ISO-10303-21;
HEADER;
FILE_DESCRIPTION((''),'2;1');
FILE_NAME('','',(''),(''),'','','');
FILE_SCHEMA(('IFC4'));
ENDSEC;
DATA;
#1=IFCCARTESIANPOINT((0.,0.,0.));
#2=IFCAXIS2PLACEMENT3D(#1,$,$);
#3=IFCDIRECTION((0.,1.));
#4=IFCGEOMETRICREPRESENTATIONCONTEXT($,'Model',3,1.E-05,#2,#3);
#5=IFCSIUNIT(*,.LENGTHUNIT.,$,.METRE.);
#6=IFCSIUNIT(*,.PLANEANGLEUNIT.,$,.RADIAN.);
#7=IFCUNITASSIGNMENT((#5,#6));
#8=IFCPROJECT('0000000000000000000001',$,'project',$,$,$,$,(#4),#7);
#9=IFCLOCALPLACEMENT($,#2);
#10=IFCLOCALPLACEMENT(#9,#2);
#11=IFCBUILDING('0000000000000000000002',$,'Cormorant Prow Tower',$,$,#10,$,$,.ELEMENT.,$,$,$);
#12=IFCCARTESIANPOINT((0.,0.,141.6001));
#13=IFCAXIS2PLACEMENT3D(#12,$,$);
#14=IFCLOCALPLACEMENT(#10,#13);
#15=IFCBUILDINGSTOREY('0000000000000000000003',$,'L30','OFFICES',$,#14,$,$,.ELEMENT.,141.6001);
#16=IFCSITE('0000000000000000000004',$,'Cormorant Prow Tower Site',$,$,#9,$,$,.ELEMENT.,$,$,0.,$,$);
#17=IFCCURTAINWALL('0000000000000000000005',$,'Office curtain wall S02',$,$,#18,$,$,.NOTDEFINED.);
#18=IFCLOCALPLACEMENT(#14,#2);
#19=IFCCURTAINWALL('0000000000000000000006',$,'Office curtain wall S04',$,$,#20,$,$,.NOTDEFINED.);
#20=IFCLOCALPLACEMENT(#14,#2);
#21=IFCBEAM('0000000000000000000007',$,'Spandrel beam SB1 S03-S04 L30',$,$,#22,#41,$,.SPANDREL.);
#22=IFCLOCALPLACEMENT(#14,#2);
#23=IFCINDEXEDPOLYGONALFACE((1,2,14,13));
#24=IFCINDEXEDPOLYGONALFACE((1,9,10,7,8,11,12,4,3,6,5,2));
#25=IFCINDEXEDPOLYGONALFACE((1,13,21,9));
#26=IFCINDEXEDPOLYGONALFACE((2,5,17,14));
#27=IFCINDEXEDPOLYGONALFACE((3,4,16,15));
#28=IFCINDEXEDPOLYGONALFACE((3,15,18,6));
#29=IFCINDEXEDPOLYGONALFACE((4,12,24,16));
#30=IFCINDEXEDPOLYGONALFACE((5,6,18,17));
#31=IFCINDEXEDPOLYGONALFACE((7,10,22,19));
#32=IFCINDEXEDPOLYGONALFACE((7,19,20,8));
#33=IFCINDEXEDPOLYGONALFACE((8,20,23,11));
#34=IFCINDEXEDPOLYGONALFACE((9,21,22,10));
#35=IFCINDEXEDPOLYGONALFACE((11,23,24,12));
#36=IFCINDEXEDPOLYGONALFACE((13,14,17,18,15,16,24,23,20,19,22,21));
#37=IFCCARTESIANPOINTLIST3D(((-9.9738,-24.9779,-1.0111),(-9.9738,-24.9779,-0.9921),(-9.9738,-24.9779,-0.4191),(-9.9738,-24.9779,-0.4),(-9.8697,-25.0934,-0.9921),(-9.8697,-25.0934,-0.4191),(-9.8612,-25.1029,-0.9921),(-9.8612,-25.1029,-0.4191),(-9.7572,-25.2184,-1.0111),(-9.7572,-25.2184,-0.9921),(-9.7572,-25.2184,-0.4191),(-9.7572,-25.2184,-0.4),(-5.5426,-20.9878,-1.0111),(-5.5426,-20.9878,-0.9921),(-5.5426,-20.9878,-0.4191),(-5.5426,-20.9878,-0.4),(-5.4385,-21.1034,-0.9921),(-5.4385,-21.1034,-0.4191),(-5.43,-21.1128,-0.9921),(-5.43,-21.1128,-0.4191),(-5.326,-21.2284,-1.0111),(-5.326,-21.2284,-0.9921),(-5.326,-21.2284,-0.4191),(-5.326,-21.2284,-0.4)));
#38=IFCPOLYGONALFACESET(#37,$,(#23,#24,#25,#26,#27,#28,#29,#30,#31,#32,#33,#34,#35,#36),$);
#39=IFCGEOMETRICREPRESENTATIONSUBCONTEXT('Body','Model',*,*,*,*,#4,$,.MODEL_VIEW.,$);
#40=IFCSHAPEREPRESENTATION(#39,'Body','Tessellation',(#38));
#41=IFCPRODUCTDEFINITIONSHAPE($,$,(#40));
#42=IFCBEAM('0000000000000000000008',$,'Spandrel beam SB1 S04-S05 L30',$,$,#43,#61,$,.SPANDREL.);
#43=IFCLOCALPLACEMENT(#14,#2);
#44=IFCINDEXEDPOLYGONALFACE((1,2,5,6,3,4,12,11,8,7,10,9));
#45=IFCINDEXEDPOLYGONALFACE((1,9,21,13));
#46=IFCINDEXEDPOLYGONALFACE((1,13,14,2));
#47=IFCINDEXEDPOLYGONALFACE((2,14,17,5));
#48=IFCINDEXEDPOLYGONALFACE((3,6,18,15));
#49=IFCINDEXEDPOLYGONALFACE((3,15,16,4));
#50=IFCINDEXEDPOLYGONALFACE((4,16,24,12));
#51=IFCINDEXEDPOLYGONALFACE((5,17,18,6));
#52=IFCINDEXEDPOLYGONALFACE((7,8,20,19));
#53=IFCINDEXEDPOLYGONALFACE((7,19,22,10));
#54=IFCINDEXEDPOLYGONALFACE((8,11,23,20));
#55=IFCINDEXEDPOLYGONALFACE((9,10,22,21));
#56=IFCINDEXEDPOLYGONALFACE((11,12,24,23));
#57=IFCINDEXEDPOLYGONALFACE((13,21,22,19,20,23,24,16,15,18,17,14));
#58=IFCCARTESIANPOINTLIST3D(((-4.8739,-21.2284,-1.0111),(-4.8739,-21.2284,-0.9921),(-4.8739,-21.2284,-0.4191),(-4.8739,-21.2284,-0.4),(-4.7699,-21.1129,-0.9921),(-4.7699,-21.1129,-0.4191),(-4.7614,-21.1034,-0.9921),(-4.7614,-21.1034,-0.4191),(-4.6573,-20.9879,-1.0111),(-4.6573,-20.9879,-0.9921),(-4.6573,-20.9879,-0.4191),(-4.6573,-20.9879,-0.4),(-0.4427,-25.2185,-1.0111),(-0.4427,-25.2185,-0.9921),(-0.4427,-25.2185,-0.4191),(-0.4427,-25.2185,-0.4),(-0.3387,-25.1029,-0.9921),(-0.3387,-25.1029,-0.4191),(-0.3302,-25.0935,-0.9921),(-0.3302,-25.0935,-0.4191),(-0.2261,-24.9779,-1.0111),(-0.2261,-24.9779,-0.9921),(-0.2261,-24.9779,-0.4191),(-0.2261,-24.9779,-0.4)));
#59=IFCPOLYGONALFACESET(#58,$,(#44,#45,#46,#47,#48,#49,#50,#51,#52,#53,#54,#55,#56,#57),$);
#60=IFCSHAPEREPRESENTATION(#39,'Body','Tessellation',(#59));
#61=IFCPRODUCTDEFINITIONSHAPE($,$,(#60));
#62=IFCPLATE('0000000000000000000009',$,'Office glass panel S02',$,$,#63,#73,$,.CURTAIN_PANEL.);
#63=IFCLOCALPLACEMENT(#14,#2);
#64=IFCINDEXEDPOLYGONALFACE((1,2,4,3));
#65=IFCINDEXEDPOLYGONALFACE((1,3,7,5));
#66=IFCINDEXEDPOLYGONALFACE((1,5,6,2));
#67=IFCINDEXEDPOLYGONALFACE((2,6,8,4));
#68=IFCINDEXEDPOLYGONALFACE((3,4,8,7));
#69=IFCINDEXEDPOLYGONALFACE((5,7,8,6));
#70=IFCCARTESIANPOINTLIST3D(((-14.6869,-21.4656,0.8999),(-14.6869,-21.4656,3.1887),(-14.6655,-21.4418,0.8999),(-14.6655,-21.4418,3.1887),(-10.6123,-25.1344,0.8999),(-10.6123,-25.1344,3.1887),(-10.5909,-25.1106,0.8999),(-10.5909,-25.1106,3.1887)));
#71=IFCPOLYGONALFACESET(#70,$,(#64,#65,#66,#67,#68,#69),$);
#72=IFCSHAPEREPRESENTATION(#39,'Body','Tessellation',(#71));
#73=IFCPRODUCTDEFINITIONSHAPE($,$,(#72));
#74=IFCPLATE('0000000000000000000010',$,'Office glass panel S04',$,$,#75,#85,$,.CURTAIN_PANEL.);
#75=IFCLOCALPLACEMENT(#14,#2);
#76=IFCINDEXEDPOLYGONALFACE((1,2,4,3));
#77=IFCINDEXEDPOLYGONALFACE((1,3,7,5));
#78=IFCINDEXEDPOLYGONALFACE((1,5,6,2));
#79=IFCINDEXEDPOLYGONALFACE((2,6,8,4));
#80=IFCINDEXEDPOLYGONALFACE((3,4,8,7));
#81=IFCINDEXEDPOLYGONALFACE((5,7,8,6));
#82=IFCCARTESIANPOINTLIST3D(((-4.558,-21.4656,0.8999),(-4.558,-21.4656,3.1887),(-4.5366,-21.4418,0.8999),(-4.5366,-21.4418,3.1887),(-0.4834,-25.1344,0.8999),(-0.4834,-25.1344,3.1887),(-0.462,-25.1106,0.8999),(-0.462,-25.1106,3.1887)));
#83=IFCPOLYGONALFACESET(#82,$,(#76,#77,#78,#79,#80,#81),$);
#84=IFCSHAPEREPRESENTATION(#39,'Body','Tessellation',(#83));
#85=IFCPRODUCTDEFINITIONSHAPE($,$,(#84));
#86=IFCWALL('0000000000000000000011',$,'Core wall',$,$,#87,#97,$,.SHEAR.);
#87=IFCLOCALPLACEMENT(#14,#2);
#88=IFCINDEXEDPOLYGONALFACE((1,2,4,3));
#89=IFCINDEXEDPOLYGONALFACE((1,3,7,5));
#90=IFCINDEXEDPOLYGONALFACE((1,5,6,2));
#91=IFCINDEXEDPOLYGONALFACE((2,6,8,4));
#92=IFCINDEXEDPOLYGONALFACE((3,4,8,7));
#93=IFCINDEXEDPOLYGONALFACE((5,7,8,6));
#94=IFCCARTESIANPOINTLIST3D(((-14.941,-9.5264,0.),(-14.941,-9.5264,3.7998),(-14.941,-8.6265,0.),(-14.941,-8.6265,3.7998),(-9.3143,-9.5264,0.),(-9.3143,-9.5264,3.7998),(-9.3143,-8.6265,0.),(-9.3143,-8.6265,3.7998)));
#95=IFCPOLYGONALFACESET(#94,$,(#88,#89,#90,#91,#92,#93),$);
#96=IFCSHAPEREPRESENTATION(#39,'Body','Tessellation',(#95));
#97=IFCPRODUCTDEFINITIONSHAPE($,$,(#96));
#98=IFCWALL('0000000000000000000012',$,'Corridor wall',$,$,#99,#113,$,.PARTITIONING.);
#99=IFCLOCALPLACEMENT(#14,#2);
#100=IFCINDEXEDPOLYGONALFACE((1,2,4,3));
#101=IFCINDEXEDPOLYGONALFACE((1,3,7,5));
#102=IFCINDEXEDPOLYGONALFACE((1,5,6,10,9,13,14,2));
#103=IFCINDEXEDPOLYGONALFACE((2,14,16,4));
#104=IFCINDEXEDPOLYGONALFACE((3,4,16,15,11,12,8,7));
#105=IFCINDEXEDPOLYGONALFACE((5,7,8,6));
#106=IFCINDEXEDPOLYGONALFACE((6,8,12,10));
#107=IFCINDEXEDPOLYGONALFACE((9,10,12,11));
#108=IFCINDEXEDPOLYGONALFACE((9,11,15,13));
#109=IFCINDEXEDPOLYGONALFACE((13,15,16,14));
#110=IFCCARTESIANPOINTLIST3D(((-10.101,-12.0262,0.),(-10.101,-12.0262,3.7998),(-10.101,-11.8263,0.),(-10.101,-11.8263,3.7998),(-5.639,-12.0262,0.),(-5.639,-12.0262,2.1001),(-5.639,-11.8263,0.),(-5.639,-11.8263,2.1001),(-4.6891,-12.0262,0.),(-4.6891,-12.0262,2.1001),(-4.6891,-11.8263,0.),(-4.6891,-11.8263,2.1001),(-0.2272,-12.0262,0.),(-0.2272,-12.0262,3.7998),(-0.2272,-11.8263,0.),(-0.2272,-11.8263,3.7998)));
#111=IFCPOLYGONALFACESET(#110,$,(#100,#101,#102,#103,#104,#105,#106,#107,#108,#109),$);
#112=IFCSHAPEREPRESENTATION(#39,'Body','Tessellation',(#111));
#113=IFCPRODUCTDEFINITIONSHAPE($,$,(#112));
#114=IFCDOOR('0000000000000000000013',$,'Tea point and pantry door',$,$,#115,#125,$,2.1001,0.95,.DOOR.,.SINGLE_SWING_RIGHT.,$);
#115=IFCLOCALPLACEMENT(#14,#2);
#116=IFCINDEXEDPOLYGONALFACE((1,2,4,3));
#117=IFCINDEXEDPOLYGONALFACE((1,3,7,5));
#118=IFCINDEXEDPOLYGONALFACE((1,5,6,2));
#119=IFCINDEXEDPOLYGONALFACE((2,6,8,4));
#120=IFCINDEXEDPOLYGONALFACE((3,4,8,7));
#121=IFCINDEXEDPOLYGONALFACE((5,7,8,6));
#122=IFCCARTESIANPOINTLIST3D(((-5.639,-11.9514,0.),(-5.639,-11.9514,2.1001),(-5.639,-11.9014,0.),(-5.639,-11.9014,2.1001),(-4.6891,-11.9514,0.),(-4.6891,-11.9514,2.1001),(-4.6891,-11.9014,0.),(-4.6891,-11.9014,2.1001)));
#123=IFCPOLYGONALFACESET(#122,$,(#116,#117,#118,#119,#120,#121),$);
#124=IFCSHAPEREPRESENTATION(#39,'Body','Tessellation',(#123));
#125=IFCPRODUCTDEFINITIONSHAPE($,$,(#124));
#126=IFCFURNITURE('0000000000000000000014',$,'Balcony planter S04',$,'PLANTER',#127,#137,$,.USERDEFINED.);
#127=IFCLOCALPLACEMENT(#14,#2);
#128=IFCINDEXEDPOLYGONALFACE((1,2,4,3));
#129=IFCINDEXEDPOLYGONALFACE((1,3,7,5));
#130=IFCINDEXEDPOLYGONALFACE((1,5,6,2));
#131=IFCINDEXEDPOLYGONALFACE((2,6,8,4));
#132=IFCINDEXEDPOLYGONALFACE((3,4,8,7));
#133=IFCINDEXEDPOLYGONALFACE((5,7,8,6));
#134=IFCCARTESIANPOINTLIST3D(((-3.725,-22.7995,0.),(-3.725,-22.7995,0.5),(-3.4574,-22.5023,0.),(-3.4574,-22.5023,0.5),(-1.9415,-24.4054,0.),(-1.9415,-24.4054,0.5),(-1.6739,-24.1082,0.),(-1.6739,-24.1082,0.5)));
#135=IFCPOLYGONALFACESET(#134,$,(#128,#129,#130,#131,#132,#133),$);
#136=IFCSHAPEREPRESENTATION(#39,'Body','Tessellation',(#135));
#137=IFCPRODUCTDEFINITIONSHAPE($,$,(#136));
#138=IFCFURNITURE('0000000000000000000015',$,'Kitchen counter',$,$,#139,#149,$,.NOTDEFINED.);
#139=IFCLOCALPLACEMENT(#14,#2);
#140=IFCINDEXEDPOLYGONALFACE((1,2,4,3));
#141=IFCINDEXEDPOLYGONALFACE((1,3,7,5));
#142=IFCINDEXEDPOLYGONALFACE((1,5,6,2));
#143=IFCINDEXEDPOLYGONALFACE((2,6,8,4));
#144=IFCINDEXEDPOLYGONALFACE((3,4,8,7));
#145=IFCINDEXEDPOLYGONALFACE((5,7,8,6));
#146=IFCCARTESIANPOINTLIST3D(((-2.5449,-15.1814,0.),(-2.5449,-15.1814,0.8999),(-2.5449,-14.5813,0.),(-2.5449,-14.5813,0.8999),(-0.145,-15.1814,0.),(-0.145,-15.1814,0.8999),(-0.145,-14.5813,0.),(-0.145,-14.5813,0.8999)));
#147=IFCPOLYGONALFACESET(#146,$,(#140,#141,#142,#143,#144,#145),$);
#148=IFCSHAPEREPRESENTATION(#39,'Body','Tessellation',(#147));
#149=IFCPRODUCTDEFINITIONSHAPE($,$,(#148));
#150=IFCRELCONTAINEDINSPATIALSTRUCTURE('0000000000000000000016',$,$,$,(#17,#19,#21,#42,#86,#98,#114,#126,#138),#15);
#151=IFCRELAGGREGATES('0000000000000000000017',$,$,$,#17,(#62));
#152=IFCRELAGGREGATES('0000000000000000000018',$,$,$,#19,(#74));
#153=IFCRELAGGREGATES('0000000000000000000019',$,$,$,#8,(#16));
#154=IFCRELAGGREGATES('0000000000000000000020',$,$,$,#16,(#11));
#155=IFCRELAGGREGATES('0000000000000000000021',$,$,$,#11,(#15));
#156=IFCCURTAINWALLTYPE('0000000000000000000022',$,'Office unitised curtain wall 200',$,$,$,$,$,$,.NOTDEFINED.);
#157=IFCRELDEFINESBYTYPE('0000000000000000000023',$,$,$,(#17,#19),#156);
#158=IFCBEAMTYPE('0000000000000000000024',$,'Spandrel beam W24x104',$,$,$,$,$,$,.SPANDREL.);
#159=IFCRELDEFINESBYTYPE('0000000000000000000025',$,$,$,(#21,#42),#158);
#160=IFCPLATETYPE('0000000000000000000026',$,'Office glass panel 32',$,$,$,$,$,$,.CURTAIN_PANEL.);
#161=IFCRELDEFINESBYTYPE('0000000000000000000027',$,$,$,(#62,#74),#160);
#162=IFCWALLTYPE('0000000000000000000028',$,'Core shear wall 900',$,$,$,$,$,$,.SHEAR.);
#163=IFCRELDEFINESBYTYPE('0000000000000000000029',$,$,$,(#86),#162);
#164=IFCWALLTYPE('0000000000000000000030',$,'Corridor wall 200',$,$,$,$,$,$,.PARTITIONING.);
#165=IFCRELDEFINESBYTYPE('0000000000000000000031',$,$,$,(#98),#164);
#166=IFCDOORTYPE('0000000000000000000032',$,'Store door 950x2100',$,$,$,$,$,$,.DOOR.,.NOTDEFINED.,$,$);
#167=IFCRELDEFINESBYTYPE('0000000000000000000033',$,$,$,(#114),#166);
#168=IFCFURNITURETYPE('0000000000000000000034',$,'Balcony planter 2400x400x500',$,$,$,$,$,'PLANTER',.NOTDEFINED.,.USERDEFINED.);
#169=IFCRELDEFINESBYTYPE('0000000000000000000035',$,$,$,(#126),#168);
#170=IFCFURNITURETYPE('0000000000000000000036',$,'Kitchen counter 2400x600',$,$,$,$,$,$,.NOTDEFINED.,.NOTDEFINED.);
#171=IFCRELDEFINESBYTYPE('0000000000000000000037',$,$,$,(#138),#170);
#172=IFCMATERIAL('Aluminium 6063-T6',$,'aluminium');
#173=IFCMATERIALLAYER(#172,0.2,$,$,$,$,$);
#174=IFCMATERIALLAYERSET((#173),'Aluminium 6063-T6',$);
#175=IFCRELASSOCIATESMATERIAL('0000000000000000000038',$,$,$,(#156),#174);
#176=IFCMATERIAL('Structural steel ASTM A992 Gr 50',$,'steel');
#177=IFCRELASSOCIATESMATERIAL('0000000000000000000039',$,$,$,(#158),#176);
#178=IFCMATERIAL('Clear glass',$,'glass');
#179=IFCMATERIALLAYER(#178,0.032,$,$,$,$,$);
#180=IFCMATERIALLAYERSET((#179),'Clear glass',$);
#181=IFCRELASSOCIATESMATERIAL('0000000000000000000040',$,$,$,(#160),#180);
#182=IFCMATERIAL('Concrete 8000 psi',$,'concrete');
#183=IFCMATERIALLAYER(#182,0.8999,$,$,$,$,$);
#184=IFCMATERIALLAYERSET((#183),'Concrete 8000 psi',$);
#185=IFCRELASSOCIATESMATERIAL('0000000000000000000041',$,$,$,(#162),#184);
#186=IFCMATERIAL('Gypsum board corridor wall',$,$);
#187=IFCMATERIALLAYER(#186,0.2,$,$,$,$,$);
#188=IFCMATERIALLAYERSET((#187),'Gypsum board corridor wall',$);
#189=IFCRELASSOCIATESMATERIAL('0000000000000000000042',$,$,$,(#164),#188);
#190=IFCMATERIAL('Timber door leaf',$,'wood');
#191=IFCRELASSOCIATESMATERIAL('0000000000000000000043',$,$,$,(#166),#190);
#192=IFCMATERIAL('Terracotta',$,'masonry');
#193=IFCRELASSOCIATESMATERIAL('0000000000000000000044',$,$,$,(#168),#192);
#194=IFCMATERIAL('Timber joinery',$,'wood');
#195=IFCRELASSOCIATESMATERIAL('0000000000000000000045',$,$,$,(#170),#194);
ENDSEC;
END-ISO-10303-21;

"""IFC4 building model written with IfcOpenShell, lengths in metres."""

from ifc_helpers import new_model, si_unit, direction, frame, frame_2d, origin, origin_2d, place, context, subcontext, project, spatial, rectangle, i_section, extrude, material, layer, layer_set, material_profile, profile_set, type_object, element, fill, aggregate, save


model = new_model("IFC4")

# Units and contexts
model_context = context("Model", 3, precision=1e-05, world=origin(), true_north=direction((0.0, 1.0)))
body_context = subcontext(model_context, "Body", "Model", "MODEL_VIEW")
ifc_project = project(units=[si_unit("LENGTHUNIT", "METRE"), si_unit("PLANEANGLEUNIT", "RADIAN")], contexts=[model_context])

# Site, building, storey
site_placement = place(None, origin())
site = spatial("IfcSite", under=ifc_project, at=site_placement, Name="Cormorant Prow Tower Site", CompositionType="ELEMENT", RefElevation=0.0)
building_placement = place(site_placement, origin())
building = spatial("IfcBuilding", under=site, at=building_placement, Name="Cormorant Prow Tower", CompositionType="ELEMENT")
storey_placement = place(building_placement, frame((0.0, 0.0, 141.6001)))
storey = spatial("IfcBuildingStorey", under=building, at=storey_placement, Name="L30", Description="OFFICES", CompositionType="ELEMENT", Elevation=141.6001)

# Curtain walls
ifc_material_1 = material(Name="Aluminium 6063-T6", Category="aluminium")
ifc_layer_1 = layer(ifc_material_1, 0.2)
ifc_layer_set_1 = layer_set([ifc_layer_1], Name="Aluminium 6063-T6")
curtain_wall_type = type_object("IfcCurtainWallType", Name="Office unitised curtain wall 200", PredefinedType="NOTDEFINED", material=ifc_layer_set_1)
curtain_wall_1_placement = place(storey_placement, origin())
curtain_wall_1 = element("IfcCurtainWall", 1, at=curtain_wall_1_placement, inside=storey, type_object=curtain_wall_type, Name="Office curtain wall S02", PredefinedType="NOTDEFINED")
curtain_wall_2_placement = place(storey_placement, origin())
curtain_wall_2 = element("IfcCurtainWall", 2, at=curtain_wall_2_placement, inside=storey, type_object=curtain_wall_type, Name="Office curtain wall S04", PredefinedType="NOTDEFINED")

# Beams
ifc_material_2 = material(Name="Structural steel ASTM A992 Gr 50", Category="steel")
ifc_material_profile_1 = material_profile(ifc_material_2, i_section(OverallWidth=0.3237, OverallDepth=0.6111, WebThickness=0.0127, FlangeThickness=0.019, at=origin_2d()), Name="W24x104")
ifc_profile_set_1 = profile_set([ifc_material_profile_1], Name="Structural steel ASTM A992 Gr 50")
beam_type_1 = type_object("IfcBeamType", Name="Spandrel beam W24x104", PredefinedType="SPANDREL", material=ifc_profile_set_1)
for number, where, z_axis, x_axis, name in (
    (3, (-9.8655, -25.0981, -0.7056), (0.743131, 0.669146, 0.0), (-0.669146, 0.743131, 0.0), "Spandrel beam SB1 S03-S04 L30"),
    (4, (-4.7656, -21.1082, -0.7056), (0.743131, -0.669146, 0.0), (0.669146, 0.743131, 0.0), "Spandrel beam SB1 S04-S05 L30"),
):
    element("IfcBeam", number, at=place(storey_placement, frame(where, z_axis=z_axis, x_axis=x_axis)), inside=storey, type_object=beam_type_1, Name=name, PredefinedType="SPANDREL", context=body_context, shape_type="SweptSolid", body=[
        extrude(i_section(OverallWidth=0.3237, OverallDepth=0.6111, WebThickness=0.0127, FlangeThickness=0.019, at=origin_2d()), origin(), (0.0, 0.0, 1.0), 5.9629),
    ])

# Plates
ifc_material_3 = material(Name="Clear glass", Category="glass")
ifc_layer_2 = layer(ifc_material_3, 0.032)
ifc_layer_set_2 = layer_set([ifc_layer_2], Name="Clear glass")
plate_type = type_object("IfcPlateType", Name="Office glass panel 32", PredefinedType="CURTAIN_PANEL", material=ifc_layer_set_2)
plate_1_placement = place(storey_placement, frame((-12.6389, -23.2881, 0.8999), z_axis=(0.0, 0.0, 1.0), x_axis=(0.743145, -0.669131, 0.0)))
plate_1 = element("IfcPlate", 5, at=plate_1_placement, type_object=plate_type, Name="Office glass panel S02", PredefinedType="CURTAIN_PANEL", context=body_context, shape_type="SweptSolid", body=[
    extrude(rectangle(XDim=5.4829, YDim=0.032, at=origin_2d()), origin(), (0.0, 0.0, 1.0), 2.2888),
])
aggregate(curtain_wall_1, [plate_1])
plate_2_placement = place(storey_placement, frame((-2.51, -23.2881, 0.8999), z_axis=(0.0, 0.0, 1.0), x_axis=(0.743145, -0.669131, 0.0)))
plate_2 = element("IfcPlate", 6, at=plate_2_placement, type_object=plate_type, Name="Office glass panel S04", PredefinedType="CURTAIN_PANEL", context=body_context, shape_type="SweptSolid", body=[
    extrude(rectangle(XDim=5.4829, YDim=0.032, at=origin_2d()), origin(), (0.0, 0.0, 1.0), 2.2888),
])
aggregate(curtain_wall_2, [plate_2])

# Wall
ifc_material_4 = material(Name="Concrete 8000 psi", Category="concrete")
ifc_layer_3 = layer(ifc_material_4, 0.8999)
ifc_layer_set_3 = layer_set([ifc_layer_3], Name="Concrete 8000 psi")
wall_type_1 = type_object("IfcWallType", Name="Core shear wall 900", PredefinedType="SHEAR", material=ifc_layer_set_3)
wall_1_placement = place(storey_placement, frame((-14.9412, -9.0764, 0.0), z_axis=(0.0, 0.0, 1.0), x_axis=(1.0, 0.0, 0.0)))
element("IfcWall", 7, at=wall_1_placement, inside=storey, type_object=wall_type_1, Name="Core wall", PredefinedType="SHEAR", context=body_context, shape_type="SweptSolid", body=[
    extrude(rectangle(XDim=5.6267, YDim=0.8999, at=frame_2d((2.8135, 0.0))), origin(), (0.0, 0.0, 1.0), 3.7998),
])

# Wall, opening, door
ifc_material_5 = material(Name="Gypsum board corridor wall")
ifc_layer_4 = layer(ifc_material_5, 0.2)
ifc_layer_set_4 = layer_set([ifc_layer_4], Name="Gypsum board corridor wall")
wall_type_2 = type_object("IfcWallType", Name="Corridor wall 200", PredefinedType="PARTITIONING", material=ifc_layer_set_4)
wall_2_placement = place(storey_placement, frame((-10.1011, -11.9263, 0.0), z_axis=(0.0, 0.0, 1.0), x_axis=(1.0, 0.0, 0.0)))
wall_2 = element("IfcWall", 8, at=wall_2_placement, inside=storey, type_object=wall_type_2, Name="Corridor wall", PredefinedType="PARTITIONING", context=body_context, shape_type="SweptSolid", body=[
    extrude(rectangle(XDim=9.8738, YDim=0.2, at=frame_2d((4.937, 0.0))), origin(), (0.0, 0.0, 1.0), 3.7998),
])
opening_1_placement = place(wall_2_placement, frame((4.4619, 0.0, 0.0)))
opening_1 = element("IfcOpeningElement", 9, at=opening_1_placement, cuts=wall_2, PredefinedType="OPENING", context=body_context, shape_type="SweptSolid", body=[
    extrude(rectangle(XDim=0.95, YDim=2.1001, at=frame_2d((0.4751, 1.05))), frame((0.0, 0.1099, 0.0), z_axis=(0.0, -1.0, 0.0), x_axis=(1.0, 0.0, 0.0)), (0.0, 0.0, 1.0), 0.22),
])
ifc_material_6 = material(Name="Timber door leaf", Category="wood")
door_type_1 = type_object("IfcDoorType", Name="Store door 950x2100", OperationType="NOTDEFINED", PredefinedType="DOOR", material=ifc_material_6)
door_1_placement = place(opening_1_placement, origin())
door_1 = element("IfcDoor", 10, at=door_1_placement, inside=storey, type_object=door_type_1, Name="Tea point and pantry door", OperationType="SINGLE_SWING_RIGHT", OverallHeight=2.1001, OverallWidth=0.95, PredefinedType="DOOR", context=body_context, shape_type="SweptSolid", body=[
    extrude(rectangle(XDim=0.95, YDim=2.1001, at=frame_2d((0.4751, 1.05))), frame((0.0, 0.0249, 0.0), z_axis=(0.0, -1.0, 0.0), x_axis=(1.0, 0.0, 0.0)), (0.0, 0.0, 1.0), 0.05),
])
fill(opening_1, door_1)

# Furniture
ifc_material_7 = material(Name="Terracotta", Category="masonry")
furniture_type_1 = type_object("IfcFurnitureType", Name="Balcony planter 2400x400x500", ElementType="PLANTER", AssemblyPlace="NOTDEFINED", PredefinedType="USERDEFINED", material=ifc_material_7)
furniture_1_placement = place(storey_placement, frame((-2.6995, -23.4539, 0.0), z_axis=(0.0, 0.0, 1.0), x_axis=(0.743145, -0.669131, 0.0)))
element("IfcFurniture", 11, at=furniture_1_placement, inside=storey, type_object=furniture_type_1, Name="Balcony planter S04", ObjectType="PLANTER", PredefinedType="USERDEFINED", context=body_context, shape_type="SweptSolid", body=[
    extrude(rectangle(XDim=2.3999, YDim=0.3999, at=origin_2d()), origin(), (0.0, 0.0, 1.0), 0.5),
])
ifc_material_8 = material(Name="Timber joinery", Category="wood")
furniture_type_2 = type_object("IfcFurnitureType", Name="Kitchen counter 2400x600", AssemblyPlace="NOTDEFINED", PredefinedType="NOTDEFINED", material=ifc_material_8)
furniture_2_placement = place(storey_placement, frame((-1.345, -14.8813, 0.0), z_axis=(0.0, 0.0, 1.0), x_axis=(-1.0, 0.0, 0.0)))
element("IfcFurniture", 12, at=furniture_2_placement, inside=storey, type_object=furniture_type_2, Name="Kitchen counter", PredefinedType="NOTDEFINED", context=body_context, shape_type="SweptSolid", body=[
    extrude(rectangle(XDim=2.3999, YDim=0.6001, at=origin_2d()), origin(), (0.0, 0.0, 1.0), 0.8999),
])

save(model, "model.ifc")
